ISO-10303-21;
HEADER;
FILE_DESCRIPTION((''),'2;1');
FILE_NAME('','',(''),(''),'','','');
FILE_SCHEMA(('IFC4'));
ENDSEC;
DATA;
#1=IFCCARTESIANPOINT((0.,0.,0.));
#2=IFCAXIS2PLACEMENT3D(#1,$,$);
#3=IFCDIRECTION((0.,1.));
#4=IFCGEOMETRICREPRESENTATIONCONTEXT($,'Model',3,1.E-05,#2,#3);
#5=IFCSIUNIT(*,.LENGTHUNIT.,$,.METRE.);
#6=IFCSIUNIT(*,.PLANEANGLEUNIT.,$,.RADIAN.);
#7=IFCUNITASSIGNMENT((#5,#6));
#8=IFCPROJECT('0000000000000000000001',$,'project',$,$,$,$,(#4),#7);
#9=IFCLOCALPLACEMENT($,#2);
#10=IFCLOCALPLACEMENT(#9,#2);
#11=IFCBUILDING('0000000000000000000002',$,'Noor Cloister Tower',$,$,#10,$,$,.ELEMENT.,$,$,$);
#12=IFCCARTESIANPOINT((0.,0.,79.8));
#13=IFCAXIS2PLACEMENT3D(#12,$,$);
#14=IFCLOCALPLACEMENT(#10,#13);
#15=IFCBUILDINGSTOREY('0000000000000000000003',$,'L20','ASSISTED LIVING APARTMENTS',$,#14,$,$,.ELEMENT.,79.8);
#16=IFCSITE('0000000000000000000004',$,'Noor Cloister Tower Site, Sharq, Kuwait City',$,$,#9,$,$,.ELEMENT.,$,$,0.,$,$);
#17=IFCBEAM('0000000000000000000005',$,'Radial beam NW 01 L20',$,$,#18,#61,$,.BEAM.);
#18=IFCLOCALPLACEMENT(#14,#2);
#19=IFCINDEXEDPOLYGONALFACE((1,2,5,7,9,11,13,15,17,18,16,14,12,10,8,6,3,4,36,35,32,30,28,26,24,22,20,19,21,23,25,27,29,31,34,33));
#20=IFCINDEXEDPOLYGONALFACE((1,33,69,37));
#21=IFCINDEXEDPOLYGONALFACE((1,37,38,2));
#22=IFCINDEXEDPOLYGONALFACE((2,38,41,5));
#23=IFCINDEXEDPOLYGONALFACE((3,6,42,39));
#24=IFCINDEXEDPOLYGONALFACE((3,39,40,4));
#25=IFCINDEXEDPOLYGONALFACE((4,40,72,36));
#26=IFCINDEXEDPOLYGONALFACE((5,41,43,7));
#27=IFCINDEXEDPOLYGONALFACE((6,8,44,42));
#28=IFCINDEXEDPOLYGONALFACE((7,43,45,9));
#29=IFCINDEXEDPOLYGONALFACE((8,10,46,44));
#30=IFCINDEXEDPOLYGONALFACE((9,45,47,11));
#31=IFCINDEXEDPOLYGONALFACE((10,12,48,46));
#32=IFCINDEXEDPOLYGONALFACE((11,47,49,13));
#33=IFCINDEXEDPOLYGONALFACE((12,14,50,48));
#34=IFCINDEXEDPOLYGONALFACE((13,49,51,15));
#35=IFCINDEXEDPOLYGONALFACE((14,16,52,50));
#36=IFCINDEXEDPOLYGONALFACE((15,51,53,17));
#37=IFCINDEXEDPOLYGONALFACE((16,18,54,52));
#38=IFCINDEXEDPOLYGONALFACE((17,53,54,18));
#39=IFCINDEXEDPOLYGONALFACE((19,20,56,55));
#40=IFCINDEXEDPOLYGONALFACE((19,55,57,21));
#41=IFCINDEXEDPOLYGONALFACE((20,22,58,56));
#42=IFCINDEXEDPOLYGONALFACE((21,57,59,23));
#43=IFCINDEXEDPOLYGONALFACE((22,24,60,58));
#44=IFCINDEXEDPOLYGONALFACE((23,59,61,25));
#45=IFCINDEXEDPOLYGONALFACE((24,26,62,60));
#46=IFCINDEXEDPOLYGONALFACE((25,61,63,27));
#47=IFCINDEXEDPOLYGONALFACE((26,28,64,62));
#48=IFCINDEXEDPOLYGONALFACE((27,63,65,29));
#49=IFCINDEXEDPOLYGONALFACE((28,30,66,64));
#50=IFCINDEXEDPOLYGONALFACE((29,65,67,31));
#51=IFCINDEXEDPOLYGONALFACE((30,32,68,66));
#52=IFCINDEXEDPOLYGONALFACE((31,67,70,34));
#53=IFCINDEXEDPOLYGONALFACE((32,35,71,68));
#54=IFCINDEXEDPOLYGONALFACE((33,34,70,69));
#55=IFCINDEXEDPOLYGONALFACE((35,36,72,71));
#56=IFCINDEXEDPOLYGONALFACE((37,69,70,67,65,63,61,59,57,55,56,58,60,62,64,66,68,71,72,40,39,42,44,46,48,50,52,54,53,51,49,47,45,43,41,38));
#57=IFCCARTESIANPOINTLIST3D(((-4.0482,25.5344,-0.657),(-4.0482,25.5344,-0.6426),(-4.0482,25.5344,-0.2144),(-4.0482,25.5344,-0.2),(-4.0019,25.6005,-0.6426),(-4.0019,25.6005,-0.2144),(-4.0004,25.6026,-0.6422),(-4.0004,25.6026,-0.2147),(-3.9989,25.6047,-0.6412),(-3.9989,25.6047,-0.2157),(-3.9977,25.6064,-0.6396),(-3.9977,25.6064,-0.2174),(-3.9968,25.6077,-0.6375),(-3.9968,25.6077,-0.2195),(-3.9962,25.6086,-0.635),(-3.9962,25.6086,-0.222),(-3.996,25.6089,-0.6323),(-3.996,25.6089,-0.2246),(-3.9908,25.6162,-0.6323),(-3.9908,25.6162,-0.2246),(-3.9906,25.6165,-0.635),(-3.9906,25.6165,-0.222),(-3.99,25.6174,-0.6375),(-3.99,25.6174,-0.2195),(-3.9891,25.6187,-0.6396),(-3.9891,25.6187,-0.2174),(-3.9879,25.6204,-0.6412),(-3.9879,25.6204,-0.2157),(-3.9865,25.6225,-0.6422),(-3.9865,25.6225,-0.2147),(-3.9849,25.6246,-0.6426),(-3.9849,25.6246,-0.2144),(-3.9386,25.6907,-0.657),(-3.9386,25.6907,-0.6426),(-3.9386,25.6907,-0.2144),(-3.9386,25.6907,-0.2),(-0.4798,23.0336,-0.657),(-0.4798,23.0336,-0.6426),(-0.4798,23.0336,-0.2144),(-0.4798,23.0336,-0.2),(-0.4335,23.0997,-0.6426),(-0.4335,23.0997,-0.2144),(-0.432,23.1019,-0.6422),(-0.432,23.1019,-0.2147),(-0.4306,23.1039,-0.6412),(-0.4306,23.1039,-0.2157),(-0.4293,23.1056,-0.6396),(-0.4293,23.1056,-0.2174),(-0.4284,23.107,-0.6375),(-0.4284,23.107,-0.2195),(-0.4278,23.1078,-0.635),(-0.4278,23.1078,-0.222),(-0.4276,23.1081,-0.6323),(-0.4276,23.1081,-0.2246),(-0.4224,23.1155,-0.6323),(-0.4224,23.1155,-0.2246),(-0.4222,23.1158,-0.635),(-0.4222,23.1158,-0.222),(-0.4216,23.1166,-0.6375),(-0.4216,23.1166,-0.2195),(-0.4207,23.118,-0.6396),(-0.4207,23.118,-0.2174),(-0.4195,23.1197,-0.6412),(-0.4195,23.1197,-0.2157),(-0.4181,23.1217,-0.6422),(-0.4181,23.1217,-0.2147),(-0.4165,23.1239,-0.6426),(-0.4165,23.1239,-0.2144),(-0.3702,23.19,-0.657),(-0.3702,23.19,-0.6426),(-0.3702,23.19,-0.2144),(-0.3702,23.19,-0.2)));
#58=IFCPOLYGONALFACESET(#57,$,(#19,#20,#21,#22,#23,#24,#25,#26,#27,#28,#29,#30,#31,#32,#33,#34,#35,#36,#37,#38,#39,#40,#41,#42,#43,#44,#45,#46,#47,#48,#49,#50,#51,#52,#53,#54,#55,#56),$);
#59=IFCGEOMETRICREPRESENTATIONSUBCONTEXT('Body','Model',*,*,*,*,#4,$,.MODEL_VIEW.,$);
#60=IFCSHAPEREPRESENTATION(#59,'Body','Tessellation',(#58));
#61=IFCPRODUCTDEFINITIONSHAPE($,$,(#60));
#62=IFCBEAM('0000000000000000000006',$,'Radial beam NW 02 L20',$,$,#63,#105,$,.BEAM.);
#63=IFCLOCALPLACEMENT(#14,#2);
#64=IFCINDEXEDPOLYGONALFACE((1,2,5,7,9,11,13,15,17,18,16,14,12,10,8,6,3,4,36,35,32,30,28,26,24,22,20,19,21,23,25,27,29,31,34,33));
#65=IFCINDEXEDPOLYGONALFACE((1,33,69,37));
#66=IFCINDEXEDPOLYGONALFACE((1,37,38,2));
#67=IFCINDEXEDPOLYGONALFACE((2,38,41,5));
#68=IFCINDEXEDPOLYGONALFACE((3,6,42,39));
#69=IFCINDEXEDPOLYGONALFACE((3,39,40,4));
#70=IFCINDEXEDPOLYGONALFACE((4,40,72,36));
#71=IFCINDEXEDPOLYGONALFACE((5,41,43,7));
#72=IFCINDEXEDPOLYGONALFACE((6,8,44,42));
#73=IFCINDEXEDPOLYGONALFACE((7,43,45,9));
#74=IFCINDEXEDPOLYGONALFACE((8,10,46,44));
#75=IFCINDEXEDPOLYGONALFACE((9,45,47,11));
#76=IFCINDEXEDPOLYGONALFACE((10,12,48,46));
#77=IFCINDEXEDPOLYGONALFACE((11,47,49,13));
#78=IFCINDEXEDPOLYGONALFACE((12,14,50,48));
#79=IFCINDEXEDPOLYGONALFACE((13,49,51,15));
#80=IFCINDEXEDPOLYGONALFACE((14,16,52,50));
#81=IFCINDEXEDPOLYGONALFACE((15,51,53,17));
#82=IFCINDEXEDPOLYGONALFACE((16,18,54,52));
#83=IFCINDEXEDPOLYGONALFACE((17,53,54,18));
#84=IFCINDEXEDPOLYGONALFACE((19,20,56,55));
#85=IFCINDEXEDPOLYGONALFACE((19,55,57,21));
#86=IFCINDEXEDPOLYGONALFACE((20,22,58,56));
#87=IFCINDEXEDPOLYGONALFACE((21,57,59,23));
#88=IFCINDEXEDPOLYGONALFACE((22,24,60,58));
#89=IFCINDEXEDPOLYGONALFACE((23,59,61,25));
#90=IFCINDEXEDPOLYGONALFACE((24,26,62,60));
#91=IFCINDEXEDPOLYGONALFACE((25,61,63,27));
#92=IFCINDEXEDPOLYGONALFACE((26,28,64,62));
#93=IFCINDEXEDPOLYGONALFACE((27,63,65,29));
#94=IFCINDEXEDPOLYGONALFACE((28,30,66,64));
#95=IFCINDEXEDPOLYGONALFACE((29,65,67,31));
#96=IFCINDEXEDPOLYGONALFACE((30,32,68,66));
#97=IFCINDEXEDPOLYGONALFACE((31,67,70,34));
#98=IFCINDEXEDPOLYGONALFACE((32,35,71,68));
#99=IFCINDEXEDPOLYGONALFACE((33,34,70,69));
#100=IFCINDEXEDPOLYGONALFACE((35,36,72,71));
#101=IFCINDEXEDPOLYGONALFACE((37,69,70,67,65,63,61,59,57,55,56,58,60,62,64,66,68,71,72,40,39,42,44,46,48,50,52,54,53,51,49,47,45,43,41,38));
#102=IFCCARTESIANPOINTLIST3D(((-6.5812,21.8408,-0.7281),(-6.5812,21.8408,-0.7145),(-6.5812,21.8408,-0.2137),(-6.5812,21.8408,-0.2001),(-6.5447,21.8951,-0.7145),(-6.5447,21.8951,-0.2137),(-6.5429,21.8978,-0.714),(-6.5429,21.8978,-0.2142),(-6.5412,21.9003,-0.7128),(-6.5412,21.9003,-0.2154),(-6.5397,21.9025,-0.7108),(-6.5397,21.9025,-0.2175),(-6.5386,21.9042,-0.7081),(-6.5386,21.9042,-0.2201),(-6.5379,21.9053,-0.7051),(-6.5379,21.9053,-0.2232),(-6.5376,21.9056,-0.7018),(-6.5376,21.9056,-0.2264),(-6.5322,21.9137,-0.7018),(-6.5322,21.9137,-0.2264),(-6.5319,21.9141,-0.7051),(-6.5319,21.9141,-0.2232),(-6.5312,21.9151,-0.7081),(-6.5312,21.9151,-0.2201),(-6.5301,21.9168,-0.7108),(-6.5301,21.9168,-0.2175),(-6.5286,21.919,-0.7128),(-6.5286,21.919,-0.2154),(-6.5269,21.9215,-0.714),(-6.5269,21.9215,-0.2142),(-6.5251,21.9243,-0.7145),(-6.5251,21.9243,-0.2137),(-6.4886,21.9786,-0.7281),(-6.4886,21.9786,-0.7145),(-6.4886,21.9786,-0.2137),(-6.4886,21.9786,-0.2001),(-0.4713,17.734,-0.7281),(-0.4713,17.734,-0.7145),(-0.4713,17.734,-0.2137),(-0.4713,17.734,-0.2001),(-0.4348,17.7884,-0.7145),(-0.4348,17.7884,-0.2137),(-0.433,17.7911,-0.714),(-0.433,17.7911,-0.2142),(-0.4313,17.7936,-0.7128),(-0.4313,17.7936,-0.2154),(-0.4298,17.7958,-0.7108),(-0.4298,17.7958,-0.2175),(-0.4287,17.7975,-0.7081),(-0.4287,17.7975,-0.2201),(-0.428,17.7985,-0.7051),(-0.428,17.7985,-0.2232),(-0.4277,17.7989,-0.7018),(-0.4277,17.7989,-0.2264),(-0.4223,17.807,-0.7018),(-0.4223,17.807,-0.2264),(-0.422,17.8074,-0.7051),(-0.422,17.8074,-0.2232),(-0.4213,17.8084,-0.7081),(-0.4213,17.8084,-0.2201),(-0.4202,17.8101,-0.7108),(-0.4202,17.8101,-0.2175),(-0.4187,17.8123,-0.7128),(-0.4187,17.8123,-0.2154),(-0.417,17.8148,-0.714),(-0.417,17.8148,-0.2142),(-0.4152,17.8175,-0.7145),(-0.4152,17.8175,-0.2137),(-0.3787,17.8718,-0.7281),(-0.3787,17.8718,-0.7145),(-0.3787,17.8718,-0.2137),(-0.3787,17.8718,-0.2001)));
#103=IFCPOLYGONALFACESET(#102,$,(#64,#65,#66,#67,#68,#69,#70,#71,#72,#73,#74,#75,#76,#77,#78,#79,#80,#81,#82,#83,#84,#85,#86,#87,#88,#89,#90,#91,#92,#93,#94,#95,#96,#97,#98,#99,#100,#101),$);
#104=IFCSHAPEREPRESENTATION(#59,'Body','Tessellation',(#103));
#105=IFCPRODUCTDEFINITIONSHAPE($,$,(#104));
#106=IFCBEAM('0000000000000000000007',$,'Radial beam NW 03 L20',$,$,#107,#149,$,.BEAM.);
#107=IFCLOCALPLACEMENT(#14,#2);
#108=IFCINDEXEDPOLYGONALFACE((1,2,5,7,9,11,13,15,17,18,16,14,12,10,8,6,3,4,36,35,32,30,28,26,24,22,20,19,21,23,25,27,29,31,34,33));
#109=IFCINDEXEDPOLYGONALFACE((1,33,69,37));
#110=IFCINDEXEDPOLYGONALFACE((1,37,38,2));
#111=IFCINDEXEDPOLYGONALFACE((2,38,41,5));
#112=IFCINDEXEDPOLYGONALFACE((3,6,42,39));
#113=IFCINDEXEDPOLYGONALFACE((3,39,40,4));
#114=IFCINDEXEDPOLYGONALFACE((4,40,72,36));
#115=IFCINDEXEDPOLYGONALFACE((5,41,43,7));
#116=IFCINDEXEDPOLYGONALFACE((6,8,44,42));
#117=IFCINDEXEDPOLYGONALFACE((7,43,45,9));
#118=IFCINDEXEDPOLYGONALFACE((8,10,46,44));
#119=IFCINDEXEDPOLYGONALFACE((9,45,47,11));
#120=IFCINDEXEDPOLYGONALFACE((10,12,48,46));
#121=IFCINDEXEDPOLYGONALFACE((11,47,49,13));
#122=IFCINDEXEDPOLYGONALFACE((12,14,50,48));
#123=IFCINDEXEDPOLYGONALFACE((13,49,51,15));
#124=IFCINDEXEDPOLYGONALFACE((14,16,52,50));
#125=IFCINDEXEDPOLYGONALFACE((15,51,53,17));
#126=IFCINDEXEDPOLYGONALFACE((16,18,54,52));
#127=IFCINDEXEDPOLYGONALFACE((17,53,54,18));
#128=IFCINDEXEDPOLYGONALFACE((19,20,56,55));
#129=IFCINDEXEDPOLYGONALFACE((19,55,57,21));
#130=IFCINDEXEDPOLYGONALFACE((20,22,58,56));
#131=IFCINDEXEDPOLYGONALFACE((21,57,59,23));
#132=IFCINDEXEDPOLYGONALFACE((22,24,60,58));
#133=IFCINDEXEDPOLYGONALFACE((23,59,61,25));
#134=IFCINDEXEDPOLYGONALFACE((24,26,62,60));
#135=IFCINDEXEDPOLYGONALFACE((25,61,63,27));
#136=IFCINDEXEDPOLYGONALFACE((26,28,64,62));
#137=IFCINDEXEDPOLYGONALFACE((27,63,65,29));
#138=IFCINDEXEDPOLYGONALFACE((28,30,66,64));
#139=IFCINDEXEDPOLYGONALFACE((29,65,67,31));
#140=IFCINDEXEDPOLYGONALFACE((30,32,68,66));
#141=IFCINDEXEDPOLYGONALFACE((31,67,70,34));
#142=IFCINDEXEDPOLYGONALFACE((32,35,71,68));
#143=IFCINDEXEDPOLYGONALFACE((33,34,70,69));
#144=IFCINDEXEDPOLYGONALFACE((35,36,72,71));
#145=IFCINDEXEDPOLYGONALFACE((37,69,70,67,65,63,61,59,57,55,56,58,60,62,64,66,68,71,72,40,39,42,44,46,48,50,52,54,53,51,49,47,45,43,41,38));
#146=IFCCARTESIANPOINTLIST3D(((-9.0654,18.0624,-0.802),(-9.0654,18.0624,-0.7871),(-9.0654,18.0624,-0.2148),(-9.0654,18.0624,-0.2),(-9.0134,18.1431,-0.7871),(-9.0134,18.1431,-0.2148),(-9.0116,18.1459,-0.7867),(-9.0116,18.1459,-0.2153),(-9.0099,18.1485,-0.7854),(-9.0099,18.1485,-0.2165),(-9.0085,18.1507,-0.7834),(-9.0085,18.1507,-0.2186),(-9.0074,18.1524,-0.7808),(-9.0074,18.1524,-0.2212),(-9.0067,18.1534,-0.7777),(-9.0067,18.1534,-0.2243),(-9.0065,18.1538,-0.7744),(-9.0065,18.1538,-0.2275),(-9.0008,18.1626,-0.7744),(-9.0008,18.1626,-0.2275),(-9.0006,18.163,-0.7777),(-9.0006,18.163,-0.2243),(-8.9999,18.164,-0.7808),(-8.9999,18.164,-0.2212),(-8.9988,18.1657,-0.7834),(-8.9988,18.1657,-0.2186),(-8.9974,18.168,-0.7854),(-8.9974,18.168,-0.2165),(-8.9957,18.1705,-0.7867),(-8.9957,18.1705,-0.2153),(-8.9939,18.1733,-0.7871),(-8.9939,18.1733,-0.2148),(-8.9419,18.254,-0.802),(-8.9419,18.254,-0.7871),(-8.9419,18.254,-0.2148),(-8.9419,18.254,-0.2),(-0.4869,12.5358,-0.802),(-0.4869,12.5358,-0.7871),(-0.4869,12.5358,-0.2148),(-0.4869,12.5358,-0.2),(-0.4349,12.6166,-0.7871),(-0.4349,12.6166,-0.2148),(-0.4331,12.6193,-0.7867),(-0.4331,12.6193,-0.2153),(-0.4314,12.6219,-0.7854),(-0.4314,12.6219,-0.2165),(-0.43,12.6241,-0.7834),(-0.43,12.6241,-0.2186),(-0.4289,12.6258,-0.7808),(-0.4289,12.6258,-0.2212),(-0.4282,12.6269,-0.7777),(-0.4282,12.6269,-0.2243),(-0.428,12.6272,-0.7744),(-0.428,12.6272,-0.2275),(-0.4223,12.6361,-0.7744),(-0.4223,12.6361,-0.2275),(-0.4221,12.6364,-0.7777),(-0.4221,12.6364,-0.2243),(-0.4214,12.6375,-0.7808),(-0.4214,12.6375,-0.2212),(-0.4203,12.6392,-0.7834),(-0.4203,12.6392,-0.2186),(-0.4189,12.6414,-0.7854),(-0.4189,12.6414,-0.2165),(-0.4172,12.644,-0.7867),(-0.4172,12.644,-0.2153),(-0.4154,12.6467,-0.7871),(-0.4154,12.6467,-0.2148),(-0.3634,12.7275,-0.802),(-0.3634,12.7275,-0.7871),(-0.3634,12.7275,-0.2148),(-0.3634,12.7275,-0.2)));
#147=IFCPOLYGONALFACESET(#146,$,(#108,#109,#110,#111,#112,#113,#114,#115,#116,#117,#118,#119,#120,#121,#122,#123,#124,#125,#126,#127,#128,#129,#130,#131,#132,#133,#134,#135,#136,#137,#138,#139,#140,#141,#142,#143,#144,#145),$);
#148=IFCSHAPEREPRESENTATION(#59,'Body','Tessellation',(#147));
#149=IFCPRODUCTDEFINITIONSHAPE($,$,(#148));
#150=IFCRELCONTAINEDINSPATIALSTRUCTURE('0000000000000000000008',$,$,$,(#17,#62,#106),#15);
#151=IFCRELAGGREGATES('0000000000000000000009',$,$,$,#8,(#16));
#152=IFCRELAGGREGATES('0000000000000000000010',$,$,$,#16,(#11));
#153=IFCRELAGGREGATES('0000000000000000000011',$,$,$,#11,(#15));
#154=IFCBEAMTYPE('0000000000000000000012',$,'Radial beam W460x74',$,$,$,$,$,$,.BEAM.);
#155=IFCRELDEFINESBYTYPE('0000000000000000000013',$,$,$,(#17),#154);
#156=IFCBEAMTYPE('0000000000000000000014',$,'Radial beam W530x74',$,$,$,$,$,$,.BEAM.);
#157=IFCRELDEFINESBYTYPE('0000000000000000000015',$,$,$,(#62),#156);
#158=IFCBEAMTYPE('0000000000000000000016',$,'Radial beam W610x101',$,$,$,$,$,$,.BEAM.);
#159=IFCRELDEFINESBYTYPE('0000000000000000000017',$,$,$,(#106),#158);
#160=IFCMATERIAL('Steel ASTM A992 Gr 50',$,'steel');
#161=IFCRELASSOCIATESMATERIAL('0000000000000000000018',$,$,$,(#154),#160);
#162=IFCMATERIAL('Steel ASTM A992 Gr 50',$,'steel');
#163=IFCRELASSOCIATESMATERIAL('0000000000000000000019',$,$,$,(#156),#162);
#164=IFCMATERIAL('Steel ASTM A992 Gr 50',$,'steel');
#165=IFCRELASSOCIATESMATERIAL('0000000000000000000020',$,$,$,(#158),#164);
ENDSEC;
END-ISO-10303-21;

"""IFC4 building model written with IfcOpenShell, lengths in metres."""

from ifc_helpers import new_model, si_unit, direction, frame, origin, origin_2d, place, context, subcontext, project, spatial, i_section, extrude, material, material_profile, profile_set, type_object, element, save


model = new_model("IFC4")

# Units and contexts
model_context = context("Model", 3, precision=1e-05, world=origin(), true_north=direction((0.0, 1.0)))
body_context = subcontext(model_context, "Body", "Model", "MODEL_VIEW")
ifc_project = project(units=[si_unit("LENGTHUNIT", "METRE"), si_unit("PLANEANGLEUNIT", "RADIAN")], contexts=[model_context])

# Site, building, storey
site_placement = place(None, origin())
site = spatial("IfcSite", under=ifc_project, at=site_placement, Name="Noor Cloister Tower Site, Sharq, Kuwait City", CompositionType="ELEMENT", RefElevation=0.0)
building_placement = place(site_placement, origin())
building = spatial("IfcBuilding", under=site, at=building_placement, Name="Noor Cloister Tower", CompositionType="ELEMENT")
storey_placement = place(building_placement, frame((0.0, 0.0, 79.8)))
storey = spatial("IfcBuildingStorey", under=building, at=storey_placement, Name="L20", Description="ASSISTED LIVING APARTMENTS", CompositionType="ELEMENT", Elevation=79.8)

# Beams
ifc_material_1 = material(Name="Steel ASTM A992 Gr 50", Category="steel")
ifc_material_profile_1 = material_profile(ifc_material_1, i_section(OverallWidth=0.1909, OverallDepth=0.457, WebThickness=0.009, FlangeThickness=0.0144, FilletRadius=0.0103, at=origin_2d()), Name="W460x74")
ifc_profile_set_1 = profile_set([ifc_material_profile_1], Name="Steel ASTM A992 Gr 50")
beam_type_1 = type_object("IfcBeamType", Name="Radial beam W460x74", PredefinedType="BEAM", material=ifc_profile_set_1)
beam_1_placement = place(storey_placement, frame((-3.9934, 25.6125, -0.4285), z_axis=(0.818921, -0.573906, 0.0), x_axis=(0.573906, 0.818921, 0.0)))
element("IfcBeam", 1, at=beam_1_placement, inside=storey, type_object=beam_type_1, Name="Radial beam NW 01 L20", PredefinedType="BEAM", context=body_context, shape_type="SweptSolid", body=[
    extrude(i_section(OverallWidth=0.1909, OverallDepth=0.457, WebThickness=0.009, FlangeThickness=0.0144, FilletRadius=0.0103, at=origin_2d()), origin(), (0.0, 0.0, 1.0), 4.3574),
])
ifc_material_2 = material(Name="Steel ASTM A992 Gr 50", Category="steel")
ifc_material_profile_2 = material_profile(ifc_material_2, i_section(OverallWidth=0.166, OverallDepth=0.5281, WebThickness=0.0098, FlangeThickness=0.0137, FilletRadius=0.0127, at=origin_2d()), Name="W530x74")
ifc_profile_set_2 = profile_set([ifc_material_profile_2], Name="Steel ASTM A992 Gr 50")
beam_type_2 = type_object("IfcBeamType", Name="Radial beam W530x74", PredefinedType="BEAM", material=ifc_profile_set_2)
beam_2_placement = place(storey_placement, frame((-6.5349, 21.9097, -0.4641), z_axis=(0.829947, -0.557842, 0.0), x_axis=(0.557842, 0.829947, 0.0)))
element("IfcBeam", 2, at=beam_2_placement, inside=storey, type_object=beam_type_2, Name="Radial beam NW 02 L20", PredefinedType="BEAM", context=body_context, shape_type="SweptSolid", body=[
    extrude(i_section(OverallWidth=0.166, OverallDepth=0.5281, WebThickness=0.0098, FlangeThickness=0.0137, FilletRadius=0.0127, at=origin_2d()), origin(), (0.0, 0.0, 1.0), 7.3618),
])
ifc_material_3 = material(Name="Steel ASTM A992 Gr 50", Category="steel")
ifc_material_profile_3 = material_profile(ifc_material_3, i_section(OverallWidth=0.228, OverallDepth=0.6021, WebThickness=0.0105, FlangeThickness=0.0149, FilletRadius=0.0127, at=origin_2d()), Name="W610x101")
ifc_profile_set_3 = profile_set([ifc_material_profile_3], Name="Steel ASTM A992 Gr 50")
beam_type_3 = type_object("IfcBeamType", Name="Radial beam W610x101", PredefinedType="BEAM", material=ifc_profile_set_3)
beam_3_placement = place(storey_placement, frame((-9.0037, 18.1582, -0.501), z_axis=(0.840653, -0.541575, 0.0), x_axis=(0.541575, 0.840653, 0.0)))
element("IfcBeam", 3, at=beam_3_placement, inside=storey, type_object=beam_type_3, Name="Radial beam NW 03 L20", PredefinedType="BEAM", context=body_context, shape_type="SweptSolid", body=[
    extrude(i_section(OverallWidth=0.228, OverallDepth=0.6021, WebThickness=0.0105, FlangeThickness=0.0149, FilletRadius=0.0127, at=origin_2d()), origin(), (0.0, 0.0, 1.0), 10.2046),
])

save(model, "model.ifc")
